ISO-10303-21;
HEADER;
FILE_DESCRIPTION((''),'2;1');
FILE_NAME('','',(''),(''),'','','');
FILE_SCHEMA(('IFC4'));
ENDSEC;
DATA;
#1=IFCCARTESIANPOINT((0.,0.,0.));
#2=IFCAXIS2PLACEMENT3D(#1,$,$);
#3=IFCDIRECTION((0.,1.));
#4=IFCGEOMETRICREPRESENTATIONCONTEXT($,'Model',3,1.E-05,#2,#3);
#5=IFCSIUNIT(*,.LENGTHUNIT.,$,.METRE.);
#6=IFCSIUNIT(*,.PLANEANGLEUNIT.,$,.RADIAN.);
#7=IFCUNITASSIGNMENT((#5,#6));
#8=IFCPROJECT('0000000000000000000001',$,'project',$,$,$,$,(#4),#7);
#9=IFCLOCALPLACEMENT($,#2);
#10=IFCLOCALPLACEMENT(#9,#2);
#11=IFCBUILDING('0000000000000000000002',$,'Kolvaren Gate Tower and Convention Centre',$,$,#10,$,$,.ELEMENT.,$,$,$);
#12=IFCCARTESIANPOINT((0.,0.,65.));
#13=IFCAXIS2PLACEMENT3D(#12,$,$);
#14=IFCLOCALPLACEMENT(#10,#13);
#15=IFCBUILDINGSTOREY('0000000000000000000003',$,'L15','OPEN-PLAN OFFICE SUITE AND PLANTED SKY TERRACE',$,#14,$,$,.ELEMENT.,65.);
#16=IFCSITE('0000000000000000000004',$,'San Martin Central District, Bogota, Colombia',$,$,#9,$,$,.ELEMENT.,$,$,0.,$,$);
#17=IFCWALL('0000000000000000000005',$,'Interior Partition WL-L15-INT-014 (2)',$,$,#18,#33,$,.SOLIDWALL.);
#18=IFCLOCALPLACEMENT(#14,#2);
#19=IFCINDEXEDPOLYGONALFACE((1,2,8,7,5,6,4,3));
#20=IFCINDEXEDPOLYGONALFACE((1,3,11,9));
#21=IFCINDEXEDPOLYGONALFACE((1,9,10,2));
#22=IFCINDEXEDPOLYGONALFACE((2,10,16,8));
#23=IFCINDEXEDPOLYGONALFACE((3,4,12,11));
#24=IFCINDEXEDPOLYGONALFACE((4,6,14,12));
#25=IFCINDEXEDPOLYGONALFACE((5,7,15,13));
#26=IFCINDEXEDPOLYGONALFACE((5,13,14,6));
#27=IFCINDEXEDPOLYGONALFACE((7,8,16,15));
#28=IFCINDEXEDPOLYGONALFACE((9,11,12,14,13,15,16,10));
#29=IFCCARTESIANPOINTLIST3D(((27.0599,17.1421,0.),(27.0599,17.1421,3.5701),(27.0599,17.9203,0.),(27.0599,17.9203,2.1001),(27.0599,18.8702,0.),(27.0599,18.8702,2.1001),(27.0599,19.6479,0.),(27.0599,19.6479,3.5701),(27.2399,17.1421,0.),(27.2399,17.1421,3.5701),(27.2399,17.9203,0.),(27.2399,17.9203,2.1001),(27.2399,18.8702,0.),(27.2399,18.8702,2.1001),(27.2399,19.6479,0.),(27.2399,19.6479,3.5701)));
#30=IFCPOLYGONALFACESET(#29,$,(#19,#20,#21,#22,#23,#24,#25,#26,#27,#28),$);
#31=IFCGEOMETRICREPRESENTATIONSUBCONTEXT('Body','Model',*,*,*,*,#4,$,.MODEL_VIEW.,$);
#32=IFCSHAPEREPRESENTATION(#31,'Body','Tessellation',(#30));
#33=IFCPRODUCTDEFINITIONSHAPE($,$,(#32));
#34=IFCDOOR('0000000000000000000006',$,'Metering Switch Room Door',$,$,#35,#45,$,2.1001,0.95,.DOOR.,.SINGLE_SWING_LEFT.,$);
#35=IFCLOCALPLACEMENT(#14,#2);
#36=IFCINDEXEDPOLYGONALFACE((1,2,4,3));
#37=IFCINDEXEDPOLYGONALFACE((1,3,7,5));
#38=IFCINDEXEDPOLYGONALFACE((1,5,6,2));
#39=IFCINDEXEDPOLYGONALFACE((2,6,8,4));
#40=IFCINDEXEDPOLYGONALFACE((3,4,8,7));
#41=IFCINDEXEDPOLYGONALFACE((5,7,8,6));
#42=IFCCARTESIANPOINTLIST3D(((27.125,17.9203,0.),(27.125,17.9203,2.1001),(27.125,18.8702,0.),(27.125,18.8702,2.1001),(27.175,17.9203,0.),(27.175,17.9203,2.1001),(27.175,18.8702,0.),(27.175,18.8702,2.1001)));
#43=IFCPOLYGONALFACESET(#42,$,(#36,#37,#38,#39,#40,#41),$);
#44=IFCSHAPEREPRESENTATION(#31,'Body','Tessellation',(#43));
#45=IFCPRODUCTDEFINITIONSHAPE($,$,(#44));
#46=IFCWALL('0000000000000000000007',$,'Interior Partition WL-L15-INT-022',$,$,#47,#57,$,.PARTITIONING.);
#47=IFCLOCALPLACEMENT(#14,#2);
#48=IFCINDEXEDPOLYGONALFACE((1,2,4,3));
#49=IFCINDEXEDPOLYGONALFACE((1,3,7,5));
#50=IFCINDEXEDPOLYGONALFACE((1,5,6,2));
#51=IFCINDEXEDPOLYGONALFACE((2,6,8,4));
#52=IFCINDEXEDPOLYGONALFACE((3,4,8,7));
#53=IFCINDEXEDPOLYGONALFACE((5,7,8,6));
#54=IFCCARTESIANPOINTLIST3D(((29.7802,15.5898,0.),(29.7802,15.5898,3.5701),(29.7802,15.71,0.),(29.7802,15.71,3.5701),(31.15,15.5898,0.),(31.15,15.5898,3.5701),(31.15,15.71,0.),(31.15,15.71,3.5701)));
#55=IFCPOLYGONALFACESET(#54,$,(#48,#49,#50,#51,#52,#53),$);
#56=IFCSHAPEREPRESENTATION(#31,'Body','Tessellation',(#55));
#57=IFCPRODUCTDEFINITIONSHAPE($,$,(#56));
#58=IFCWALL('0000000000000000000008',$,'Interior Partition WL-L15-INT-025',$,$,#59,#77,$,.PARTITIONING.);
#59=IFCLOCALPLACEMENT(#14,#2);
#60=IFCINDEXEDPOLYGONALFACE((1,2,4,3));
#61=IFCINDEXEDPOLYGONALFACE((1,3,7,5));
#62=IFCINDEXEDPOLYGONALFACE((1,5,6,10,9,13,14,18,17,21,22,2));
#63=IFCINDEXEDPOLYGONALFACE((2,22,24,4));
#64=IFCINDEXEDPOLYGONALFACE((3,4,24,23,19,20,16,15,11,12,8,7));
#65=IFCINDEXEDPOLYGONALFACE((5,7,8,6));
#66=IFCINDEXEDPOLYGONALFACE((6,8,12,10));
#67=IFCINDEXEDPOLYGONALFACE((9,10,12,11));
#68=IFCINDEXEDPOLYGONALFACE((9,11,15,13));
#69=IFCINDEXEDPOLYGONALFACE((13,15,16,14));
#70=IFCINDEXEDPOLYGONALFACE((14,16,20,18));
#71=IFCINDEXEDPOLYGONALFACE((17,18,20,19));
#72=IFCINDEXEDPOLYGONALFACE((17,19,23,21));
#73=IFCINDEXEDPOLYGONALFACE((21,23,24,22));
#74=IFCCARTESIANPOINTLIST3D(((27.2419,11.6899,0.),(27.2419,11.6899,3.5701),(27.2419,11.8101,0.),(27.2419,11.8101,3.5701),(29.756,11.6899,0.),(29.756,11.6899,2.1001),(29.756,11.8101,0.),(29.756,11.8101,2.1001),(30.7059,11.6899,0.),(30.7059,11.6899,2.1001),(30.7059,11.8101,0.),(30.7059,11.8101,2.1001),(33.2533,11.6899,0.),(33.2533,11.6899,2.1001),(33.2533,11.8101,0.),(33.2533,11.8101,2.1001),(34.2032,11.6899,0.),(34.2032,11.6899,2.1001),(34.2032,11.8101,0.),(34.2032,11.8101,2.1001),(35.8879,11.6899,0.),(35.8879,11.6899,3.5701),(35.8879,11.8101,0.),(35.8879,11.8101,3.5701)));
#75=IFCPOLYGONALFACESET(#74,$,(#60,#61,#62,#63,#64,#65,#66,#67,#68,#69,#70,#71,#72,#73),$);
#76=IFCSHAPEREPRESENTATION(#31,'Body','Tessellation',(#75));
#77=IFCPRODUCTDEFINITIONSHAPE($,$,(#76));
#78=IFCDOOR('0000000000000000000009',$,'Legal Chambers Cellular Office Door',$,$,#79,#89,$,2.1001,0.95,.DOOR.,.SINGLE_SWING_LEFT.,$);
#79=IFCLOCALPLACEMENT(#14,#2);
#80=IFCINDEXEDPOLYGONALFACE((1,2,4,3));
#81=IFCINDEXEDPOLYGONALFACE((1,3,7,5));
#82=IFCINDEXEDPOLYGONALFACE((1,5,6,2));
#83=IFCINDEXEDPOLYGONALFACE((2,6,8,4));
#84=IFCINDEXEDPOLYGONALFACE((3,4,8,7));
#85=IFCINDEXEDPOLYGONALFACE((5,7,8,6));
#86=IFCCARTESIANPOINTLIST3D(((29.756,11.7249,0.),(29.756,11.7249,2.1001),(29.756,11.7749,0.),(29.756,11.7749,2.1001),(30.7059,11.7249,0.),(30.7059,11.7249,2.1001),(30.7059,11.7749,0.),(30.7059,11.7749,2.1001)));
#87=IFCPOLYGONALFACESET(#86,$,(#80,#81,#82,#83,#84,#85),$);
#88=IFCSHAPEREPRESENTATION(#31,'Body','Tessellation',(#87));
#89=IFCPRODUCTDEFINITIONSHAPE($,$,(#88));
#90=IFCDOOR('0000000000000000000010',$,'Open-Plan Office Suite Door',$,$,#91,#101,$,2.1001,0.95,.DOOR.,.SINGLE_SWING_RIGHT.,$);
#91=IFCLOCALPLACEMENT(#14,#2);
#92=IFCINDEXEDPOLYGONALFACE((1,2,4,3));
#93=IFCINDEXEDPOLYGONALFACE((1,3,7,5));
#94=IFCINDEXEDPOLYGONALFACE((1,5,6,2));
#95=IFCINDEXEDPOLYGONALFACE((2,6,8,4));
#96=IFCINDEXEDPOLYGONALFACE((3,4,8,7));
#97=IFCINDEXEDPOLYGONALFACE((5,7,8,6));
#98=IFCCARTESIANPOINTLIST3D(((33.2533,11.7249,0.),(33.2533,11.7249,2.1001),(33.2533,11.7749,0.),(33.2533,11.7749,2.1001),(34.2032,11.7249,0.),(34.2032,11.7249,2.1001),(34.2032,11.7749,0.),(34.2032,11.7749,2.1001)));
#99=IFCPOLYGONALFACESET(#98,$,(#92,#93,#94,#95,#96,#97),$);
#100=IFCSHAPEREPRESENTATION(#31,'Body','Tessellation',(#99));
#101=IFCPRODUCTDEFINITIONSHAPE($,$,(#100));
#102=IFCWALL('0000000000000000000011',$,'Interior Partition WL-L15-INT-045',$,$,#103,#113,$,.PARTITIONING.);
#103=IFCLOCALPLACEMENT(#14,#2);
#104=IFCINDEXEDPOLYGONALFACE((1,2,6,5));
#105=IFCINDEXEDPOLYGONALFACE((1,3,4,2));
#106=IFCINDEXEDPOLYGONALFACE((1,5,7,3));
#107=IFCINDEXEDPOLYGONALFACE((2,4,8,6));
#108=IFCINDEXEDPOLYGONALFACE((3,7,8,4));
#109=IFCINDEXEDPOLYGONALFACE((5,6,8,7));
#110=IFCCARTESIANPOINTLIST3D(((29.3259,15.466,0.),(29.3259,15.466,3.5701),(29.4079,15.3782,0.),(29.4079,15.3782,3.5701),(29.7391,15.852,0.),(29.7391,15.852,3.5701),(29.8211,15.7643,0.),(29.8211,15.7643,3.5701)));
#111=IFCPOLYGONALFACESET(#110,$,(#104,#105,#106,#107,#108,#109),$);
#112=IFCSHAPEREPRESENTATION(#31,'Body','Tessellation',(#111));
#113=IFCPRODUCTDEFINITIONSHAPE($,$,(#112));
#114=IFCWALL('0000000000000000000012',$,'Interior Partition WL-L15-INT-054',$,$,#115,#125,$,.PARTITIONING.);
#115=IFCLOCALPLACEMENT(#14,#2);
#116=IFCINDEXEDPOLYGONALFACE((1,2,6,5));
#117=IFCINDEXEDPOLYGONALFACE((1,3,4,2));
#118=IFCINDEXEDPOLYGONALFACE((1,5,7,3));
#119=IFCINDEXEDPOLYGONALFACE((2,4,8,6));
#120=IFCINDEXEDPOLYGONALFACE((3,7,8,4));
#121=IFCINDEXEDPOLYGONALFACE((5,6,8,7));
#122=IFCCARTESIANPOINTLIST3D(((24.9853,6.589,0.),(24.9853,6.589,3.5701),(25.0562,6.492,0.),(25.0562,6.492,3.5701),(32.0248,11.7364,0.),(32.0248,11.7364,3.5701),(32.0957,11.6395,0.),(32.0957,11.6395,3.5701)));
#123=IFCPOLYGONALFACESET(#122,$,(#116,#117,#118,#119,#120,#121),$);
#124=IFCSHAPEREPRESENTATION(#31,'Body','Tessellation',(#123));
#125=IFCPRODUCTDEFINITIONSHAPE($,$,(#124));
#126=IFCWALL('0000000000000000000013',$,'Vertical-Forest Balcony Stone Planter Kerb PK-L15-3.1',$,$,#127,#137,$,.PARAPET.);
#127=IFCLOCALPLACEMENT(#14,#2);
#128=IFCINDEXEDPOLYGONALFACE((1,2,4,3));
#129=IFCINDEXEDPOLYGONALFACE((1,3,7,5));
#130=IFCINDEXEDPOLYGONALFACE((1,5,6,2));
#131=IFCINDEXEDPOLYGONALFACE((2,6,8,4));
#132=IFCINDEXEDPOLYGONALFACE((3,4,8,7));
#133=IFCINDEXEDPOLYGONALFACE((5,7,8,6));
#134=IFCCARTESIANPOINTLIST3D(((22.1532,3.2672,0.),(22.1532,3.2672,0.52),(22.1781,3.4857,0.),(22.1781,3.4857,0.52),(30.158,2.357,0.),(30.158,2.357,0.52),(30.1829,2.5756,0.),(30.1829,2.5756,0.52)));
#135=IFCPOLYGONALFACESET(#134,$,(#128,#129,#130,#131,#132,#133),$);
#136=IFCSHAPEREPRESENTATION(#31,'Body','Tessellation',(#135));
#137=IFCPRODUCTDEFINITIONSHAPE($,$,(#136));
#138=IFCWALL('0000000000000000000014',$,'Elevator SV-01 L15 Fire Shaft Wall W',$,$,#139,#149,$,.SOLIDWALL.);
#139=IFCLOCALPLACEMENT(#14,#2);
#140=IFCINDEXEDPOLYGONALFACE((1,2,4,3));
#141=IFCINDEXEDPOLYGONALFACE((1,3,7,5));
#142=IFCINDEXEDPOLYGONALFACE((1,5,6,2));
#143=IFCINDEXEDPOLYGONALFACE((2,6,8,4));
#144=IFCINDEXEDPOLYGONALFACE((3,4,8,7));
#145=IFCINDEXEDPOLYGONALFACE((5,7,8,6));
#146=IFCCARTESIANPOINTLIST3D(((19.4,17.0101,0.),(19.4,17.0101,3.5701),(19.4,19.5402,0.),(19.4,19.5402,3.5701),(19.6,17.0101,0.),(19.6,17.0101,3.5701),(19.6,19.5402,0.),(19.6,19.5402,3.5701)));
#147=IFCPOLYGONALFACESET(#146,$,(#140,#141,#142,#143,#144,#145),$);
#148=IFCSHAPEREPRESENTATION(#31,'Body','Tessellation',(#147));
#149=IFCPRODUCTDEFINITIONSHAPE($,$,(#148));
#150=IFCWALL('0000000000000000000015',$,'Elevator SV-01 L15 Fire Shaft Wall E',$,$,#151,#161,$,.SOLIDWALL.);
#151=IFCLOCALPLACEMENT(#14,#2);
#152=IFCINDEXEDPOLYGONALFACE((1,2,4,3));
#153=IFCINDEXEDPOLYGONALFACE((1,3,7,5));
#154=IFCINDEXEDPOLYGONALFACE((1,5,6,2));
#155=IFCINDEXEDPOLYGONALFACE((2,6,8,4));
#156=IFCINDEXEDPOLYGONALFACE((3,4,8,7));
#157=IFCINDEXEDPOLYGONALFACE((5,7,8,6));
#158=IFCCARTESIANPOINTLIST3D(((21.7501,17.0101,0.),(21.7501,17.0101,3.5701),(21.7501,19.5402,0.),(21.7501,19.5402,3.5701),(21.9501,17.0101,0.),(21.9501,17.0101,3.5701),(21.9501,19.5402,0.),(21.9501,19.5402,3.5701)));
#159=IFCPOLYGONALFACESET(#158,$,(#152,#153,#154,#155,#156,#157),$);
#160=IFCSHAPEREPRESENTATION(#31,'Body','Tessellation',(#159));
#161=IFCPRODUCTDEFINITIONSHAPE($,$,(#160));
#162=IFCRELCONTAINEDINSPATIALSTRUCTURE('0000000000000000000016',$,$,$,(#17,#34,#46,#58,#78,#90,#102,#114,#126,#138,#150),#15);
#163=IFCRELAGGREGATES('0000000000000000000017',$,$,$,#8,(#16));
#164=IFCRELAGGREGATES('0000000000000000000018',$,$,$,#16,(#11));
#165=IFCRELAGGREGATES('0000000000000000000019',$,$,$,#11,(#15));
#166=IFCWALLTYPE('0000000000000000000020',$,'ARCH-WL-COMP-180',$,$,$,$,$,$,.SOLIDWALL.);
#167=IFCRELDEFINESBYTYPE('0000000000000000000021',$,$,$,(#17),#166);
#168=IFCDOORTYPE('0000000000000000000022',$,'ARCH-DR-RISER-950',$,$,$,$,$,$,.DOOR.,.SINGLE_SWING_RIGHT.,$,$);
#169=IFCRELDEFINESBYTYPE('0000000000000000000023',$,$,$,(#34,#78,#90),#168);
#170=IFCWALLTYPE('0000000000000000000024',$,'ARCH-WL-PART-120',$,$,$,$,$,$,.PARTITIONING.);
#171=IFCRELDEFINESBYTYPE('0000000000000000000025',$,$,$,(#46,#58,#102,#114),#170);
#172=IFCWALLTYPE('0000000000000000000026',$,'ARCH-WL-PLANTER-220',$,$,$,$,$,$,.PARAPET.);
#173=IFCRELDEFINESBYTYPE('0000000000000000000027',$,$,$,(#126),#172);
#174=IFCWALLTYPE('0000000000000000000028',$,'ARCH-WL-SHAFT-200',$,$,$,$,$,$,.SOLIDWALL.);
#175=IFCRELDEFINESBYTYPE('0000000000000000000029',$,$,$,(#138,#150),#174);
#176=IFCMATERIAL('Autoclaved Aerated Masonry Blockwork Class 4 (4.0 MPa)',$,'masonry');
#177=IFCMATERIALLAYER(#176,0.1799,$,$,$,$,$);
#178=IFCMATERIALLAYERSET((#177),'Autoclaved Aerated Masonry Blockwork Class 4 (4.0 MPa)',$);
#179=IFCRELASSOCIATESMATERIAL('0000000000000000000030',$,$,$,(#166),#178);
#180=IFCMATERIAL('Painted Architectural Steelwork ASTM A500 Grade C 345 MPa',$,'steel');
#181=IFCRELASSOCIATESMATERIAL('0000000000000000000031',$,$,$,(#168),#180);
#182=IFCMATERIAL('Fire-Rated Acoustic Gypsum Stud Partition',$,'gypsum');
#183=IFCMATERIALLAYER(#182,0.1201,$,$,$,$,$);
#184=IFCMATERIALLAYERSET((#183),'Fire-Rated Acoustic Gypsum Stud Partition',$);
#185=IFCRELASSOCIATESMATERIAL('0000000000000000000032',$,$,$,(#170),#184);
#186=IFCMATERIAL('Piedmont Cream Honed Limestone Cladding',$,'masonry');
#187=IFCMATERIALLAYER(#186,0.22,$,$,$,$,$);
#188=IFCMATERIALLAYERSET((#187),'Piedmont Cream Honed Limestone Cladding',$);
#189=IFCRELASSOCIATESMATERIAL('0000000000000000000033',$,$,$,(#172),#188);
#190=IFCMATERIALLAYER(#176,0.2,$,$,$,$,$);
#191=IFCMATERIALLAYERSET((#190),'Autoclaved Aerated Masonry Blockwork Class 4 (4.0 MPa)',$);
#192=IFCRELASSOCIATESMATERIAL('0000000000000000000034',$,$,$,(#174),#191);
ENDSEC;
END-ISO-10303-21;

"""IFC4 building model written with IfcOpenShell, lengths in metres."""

from ifc_helpers import new_model, si_unit, direction, frame, frame_2d, origin, place, context, subcontext, project, spatial, rectangle, extrude, material, layer, layer_set, type_object, element, fill, save


model = new_model("IFC4")

# Units and contexts
model_context = context("Model", 3, precision=1e-05, world=origin(), true_north=direction((0.0, 1.0)))
body_context = subcontext(model_context, "Body", "Model", "MODEL_VIEW")
ifc_project = project(units=[si_unit("LENGTHUNIT", "METRE"), si_unit("PLANEANGLEUNIT", "RADIAN")], contexts=[model_context])

# Site, building, storey
site_placement = place(None, origin())
site = spatial("IfcSite", under=ifc_project, at=site_placement, Name="San Martin Central District, Bogota, Colombia", CompositionType="ELEMENT", RefElevation=0.0)
building_placement = place(site_placement, origin())
building = spatial("IfcBuilding", under=site, at=building_placement, Name="Kolvaren Gate Tower and Convention Centre", CompositionType="ELEMENT")
storey_placement = place(building_placement, frame((0.0, 0.0, 65.0)))
storey = spatial("IfcBuildingStorey", under=building, at=storey_placement, Name="L15", Description="OPEN-PLAN OFFICE SUITE AND PLANTED SKY TERRACE", CompositionType="ELEMENT", Elevation=65.0)

# Shared definitions
ifc_material_1 = material(Name="Autoclaved Aerated Masonry Blockwork Class 4 (4.0 MPa)", Category="masonry")
ifc_layer_1 = layer(ifc_material_1, 0.1799)
ifc_layer_set_1 = layer_set([ifc_layer_1], Name="Autoclaved Aerated Masonry Blockwork Class 4 (4.0 MPa)")
wall_type_1 = type_object("IfcWallType", Name="ARCH-WL-COMP-180", PredefinedType="SOLIDWALL", material=ifc_layer_set_1)

# Wall, opening, door
ifc_material_2 = material(Name="Painted Architectural Steelwork ASTM A500 Grade C 345 MPa", Category="steel")
door_type = type_object("IfcDoorType", Name="ARCH-DR-RISER-950", OperationType="SINGLE_SWING_RIGHT", PredefinedType="DOOR", material=ifc_material_2)
wall_1_placement = place(storey_placement, frame((27.1499, 17.1421, 0.0), z_axis=(0.0, 0.0, 1.0), x_axis=(0.0, 1.0, 0.0)))
wall_1 = element("IfcWall", 1, at=wall_1_placement, inside=storey, type_object=wall_type_1, Name="Interior Partition WL-L15-INT-014 (2)", PredefinedType="SOLIDWALL", context=body_context, shape_type="SweptSolid", body=[
    extrude(rectangle(XDim=2.5059, YDim=0.1799, at=frame_2d((1.2529, 0.0))), origin(), (0.0, 0.0, 1.0), 3.5701),
])
opening_1_placement = place(wall_1_placement, frame((0.7781, 0.0, 0.0)))
opening_1 = element("IfcOpeningElement", 2, at=opening_1_placement, cuts=wall_1, PredefinedType="OPENING", context=body_context, shape_type="SweptSolid", body=[
    extrude(rectangle(XDim=0.95, YDim=2.1001, at=frame_2d((0.4751, 1.05))), frame((0.0, 0.0999, 0.0), z_axis=(0.0, -1.0, 0.0), x_axis=(1.0, 0.0, 0.0)), (0.0, 0.0, 1.0), 0.2),
])
door_1_placement = place(opening_1_placement, origin())
door_1 = element("IfcDoor", 3, at=door_1_placement, inside=storey, type_object=door_type, Name="Metering Switch Room Door", OperationType="SINGLE_SWING_LEFT", OverallHeight=2.1001, OverallWidth=0.95, PredefinedType="DOOR", context=body_context, shape_type="SweptSolid", body=[
    extrude(rectangle(XDim=0.95, YDim=2.1001, at=frame_2d((0.4751, 1.05))), frame((0.0, 0.0249, 0.0), z_axis=(0.0, -1.0, 0.0), x_axis=(1.0, 0.0, 0.0)), (0.0, 0.0, 1.0), 0.05),
])
fill(opening_1, door_1)

# Wall
ifc_material_3 = material(Name="Fire-Rated Acoustic Gypsum Stud Partition", Category="gypsum")
ifc_layer_2 = layer(ifc_material_3, 0.1201)
ifc_layer_set_2 = layer_set([ifc_layer_2], Name="Fire-Rated Acoustic Gypsum Stud Partition")
wall_type_2 = type_object("IfcWallType", Name="ARCH-WL-PART-120", PredefinedType="PARTITIONING", material=ifc_layer_set_2)
wall_2_placement = place(storey_placement, frame((29.78, 15.6499, 0.0), z_axis=(0.0, 0.0, 1.0), x_axis=(1.0, 0.0, 0.0)))
element("IfcWall", 4, at=wall_2_placement, inside=storey, type_object=wall_type_2, Name="Interior Partition WL-L15-INT-022", PredefinedType="PARTITIONING", context=body_context, shape_type="SweptSolid", body=[
    extrude(rectangle(XDim=1.3699, YDim=0.1201, at=frame_2d((0.6851, 0.0))), origin(), (0.0, 0.0, 1.0), 3.5701),
])

# Wall, openings, doors
wall_3_placement = place(storey_placement, frame((27.2419, 11.75, 0.0), z_axis=(0.0, 0.0, 1.0), x_axis=(1.0, 0.0, 0.0)))
wall_3 = element("IfcWall", 5, at=wall_3_placement, inside=storey, type_object=wall_type_2, Name="Interior Partition WL-L15-INT-025", PredefinedType="PARTITIONING", context=body_context, shape_type="SweptSolid", body=[
    extrude(rectangle(XDim=8.646, YDim=0.1201, at=frame_2d((4.323, 0.0))), origin(), (0.0, 0.0, 1.0), 3.5701),
])
opening_2_placement = place(wall_3_placement, frame((2.5139, 0.0, 0.0)))
opening_2 = element("IfcOpeningElement", 6, at=opening_2_placement, cuts=wall_3, PredefinedType="OPENING", context=body_context, shape_type="SweptSolid", body=[
    extrude(rectangle(XDim=0.95, YDim=2.1001, at=frame_2d((0.4751, 1.05))), frame((0.0, 0.0701, 0.0), z_axis=(0.0, -1.0, 0.0), x_axis=(1.0, 0.0, 0.0)), (0.0, 0.0, 1.0), 0.1401),
])
opening_3_placement = place(wall_3_placement, frame((6.0112, 0.0, 0.0)))
opening_3 = element("IfcOpeningElement", 7, at=opening_3_placement, cuts=wall_3, PredefinedType="OPENING", context=body_context, shape_type="SweptSolid", body=[
    extrude(rectangle(XDim=0.95, YDim=2.1001, at=frame_2d((0.4751, 1.05))), frame((0.0, 0.0701, 0.0), z_axis=(0.0, -1.0, 0.0), x_axis=(1.0, 0.0, 0.0)), (0.0, 0.0, 1.0), 0.1401),
])
door_2_placement = place(opening_2_placement, origin())
door_2 = element("IfcDoor", 8, at=door_2_placement, inside=storey, type_object=door_type, Name="Legal Chambers Cellular Office Door", OperationType="SINGLE_SWING_LEFT", OverallHeight=2.1001, OverallWidth=0.95, PredefinedType="DOOR", context=body_context, shape_type="SweptSolid", body=[
    extrude(rectangle(XDim=0.95, YDim=2.1001, at=frame_2d((0.4751, 1.05))), frame((0.0, 0.0249, 0.0), z_axis=(0.0, -1.0, 0.0), x_axis=(1.0, 0.0, 0.0)), (0.0, 0.0, 1.0), 0.05),
])
fill(opening_2, door_2)
door_3_placement = place(opening_3_placement, origin())
door_3 = element("IfcDoor", 9, at=door_3_placement, inside=storey, type_object=door_type, Name="Open-Plan Office Suite Door", OperationType="SINGLE_SWING_RIGHT", OverallHeight=2.1001, OverallWidth=0.95, PredefinedType="DOOR", context=body_context, shape_type="SweptSolid", body=[
    extrude(rectangle(XDim=0.95, YDim=2.1001, at=frame_2d((0.4751, 1.05))), frame((0.0, 0.0249, 0.0), z_axis=(0.0, -1.0, 0.0), x_axis=(1.0, 0.0, 0.0)), (0.0, 0.0, 1.0), 0.05),
])
fill(opening_3, door_3)

# Walls
wall_4_placement = place(storey_placement, frame((29.3669, 15.4221, 0.0), z_axis=(0.0, 0.0, 1.0), x_axis=(0.730667, 0.682734, 0.0)))
element("IfcWall", 10, at=wall_4_placement, inside=storey, type_object=wall_type_2, Name="Interior Partition WL-L15-INT-045", PredefinedType="PARTITIONING", context=body_context, shape_type="SweptSolid", body=[
    extrude(rectangle(XDim=0.5654, YDim=0.1201, at=frame_2d((0.2827, 0.0))), origin(), (0.0, 0.0, 1.0), 3.5701),
])
wall_5_placement = place(storey_placement, frame((25.0208, 6.5405, 0.0), z_axis=(0.0, 0.0, 1.0), x_axis=(0.807218, 0.590254, 0.0)))
element("IfcWall", 11, at=wall_5_placement, inside=storey, type_object=wall_type_2, Name="Interior Partition WL-L15-INT-054", PredefinedType="PARTITIONING", context=body_context, shape_type="SweptSolid", body=[
    extrude(rectangle(XDim=8.7207, YDim=0.1201, at=frame_2d((4.3604, 0.0))), origin(), (0.0, 0.0, 1.0), 3.5701),
])
ifc_material_4 = material(Name="Piedmont Cream Honed Limestone Cladding", Category="masonry")
ifc_layer_3 = layer(ifc_material_4, 0.22)
ifc_layer_set_3 = layer_set([ifc_layer_3], Name="Piedmont Cream Honed Limestone Cladding")
wall_type_3 = type_object("IfcWallType", Name="ARCH-WL-PLANTER-220", PredefinedType="PARAPET", material=ifc_layer_set_3)
wall_6_placement = place(storey_placement, frame((22.1655, 3.3765, 0.0), z_axis=(0.0, 0.0, 1.0), x_axis=(0.993598, -0.112972, 0.0)))
element("IfcWall", 12, at=wall_6_placement, inside=storey, type_object=wall_type_3, Name="Vertical-Forest Balcony Stone Planter Kerb PK-L15-3.1", PredefinedType="PARAPET", context=body_context, shape_type="SweptSolid", body=[
    extrude(rectangle(XDim=8.0564, YDim=0.22, at=frame_2d((4.0283, 0.0))), origin(), (0.0, 0.0, 1.0), 0.52),
])
ifc_layer_4 = layer(ifc_material_1, 0.2)
ifc_layer_set_4 = layer_set([ifc_layer_4], Name="Autoclaved Aerated Masonry Blockwork Class 4 (4.0 MPa)")
wall_type_4 = type_object("IfcWallType", Name="ARCH-WL-SHAFT-200", PredefinedType="SOLIDWALL", material=ifc_layer_set_4)
for number, where, z_axis, x_axis, name in (
    (13, (19.5, 17.01, 0.0), (0.0, 0.0, 1.0), (0.0, 1.0, 0.0), "Elevator SV-01 L15 Fire Shaft Wall W"),
    (14, (21.8501, 17.01, 0.0), (0.0, 0.0, 1.0), (0.0, 1.0, 0.0), "Elevator SV-01 L15 Fire Shaft Wall E"),
):
    element("IfcWall", number, at=place(storey_placement, frame(where, z_axis=z_axis, x_axis=x_axis)), inside=storey, type_object=wall_type_4, Name=name, PredefinedType="SOLIDWALL", context=body_context, shape_type="SweptSolid", body=[
        extrude(rectangle(XDim=2.53, YDim=0.2, at=frame_2d((1.2651, 0.0))), origin(), (0.0, 0.0, 1.0), 3.5701),
    ])

save(model, "model.ifc")
